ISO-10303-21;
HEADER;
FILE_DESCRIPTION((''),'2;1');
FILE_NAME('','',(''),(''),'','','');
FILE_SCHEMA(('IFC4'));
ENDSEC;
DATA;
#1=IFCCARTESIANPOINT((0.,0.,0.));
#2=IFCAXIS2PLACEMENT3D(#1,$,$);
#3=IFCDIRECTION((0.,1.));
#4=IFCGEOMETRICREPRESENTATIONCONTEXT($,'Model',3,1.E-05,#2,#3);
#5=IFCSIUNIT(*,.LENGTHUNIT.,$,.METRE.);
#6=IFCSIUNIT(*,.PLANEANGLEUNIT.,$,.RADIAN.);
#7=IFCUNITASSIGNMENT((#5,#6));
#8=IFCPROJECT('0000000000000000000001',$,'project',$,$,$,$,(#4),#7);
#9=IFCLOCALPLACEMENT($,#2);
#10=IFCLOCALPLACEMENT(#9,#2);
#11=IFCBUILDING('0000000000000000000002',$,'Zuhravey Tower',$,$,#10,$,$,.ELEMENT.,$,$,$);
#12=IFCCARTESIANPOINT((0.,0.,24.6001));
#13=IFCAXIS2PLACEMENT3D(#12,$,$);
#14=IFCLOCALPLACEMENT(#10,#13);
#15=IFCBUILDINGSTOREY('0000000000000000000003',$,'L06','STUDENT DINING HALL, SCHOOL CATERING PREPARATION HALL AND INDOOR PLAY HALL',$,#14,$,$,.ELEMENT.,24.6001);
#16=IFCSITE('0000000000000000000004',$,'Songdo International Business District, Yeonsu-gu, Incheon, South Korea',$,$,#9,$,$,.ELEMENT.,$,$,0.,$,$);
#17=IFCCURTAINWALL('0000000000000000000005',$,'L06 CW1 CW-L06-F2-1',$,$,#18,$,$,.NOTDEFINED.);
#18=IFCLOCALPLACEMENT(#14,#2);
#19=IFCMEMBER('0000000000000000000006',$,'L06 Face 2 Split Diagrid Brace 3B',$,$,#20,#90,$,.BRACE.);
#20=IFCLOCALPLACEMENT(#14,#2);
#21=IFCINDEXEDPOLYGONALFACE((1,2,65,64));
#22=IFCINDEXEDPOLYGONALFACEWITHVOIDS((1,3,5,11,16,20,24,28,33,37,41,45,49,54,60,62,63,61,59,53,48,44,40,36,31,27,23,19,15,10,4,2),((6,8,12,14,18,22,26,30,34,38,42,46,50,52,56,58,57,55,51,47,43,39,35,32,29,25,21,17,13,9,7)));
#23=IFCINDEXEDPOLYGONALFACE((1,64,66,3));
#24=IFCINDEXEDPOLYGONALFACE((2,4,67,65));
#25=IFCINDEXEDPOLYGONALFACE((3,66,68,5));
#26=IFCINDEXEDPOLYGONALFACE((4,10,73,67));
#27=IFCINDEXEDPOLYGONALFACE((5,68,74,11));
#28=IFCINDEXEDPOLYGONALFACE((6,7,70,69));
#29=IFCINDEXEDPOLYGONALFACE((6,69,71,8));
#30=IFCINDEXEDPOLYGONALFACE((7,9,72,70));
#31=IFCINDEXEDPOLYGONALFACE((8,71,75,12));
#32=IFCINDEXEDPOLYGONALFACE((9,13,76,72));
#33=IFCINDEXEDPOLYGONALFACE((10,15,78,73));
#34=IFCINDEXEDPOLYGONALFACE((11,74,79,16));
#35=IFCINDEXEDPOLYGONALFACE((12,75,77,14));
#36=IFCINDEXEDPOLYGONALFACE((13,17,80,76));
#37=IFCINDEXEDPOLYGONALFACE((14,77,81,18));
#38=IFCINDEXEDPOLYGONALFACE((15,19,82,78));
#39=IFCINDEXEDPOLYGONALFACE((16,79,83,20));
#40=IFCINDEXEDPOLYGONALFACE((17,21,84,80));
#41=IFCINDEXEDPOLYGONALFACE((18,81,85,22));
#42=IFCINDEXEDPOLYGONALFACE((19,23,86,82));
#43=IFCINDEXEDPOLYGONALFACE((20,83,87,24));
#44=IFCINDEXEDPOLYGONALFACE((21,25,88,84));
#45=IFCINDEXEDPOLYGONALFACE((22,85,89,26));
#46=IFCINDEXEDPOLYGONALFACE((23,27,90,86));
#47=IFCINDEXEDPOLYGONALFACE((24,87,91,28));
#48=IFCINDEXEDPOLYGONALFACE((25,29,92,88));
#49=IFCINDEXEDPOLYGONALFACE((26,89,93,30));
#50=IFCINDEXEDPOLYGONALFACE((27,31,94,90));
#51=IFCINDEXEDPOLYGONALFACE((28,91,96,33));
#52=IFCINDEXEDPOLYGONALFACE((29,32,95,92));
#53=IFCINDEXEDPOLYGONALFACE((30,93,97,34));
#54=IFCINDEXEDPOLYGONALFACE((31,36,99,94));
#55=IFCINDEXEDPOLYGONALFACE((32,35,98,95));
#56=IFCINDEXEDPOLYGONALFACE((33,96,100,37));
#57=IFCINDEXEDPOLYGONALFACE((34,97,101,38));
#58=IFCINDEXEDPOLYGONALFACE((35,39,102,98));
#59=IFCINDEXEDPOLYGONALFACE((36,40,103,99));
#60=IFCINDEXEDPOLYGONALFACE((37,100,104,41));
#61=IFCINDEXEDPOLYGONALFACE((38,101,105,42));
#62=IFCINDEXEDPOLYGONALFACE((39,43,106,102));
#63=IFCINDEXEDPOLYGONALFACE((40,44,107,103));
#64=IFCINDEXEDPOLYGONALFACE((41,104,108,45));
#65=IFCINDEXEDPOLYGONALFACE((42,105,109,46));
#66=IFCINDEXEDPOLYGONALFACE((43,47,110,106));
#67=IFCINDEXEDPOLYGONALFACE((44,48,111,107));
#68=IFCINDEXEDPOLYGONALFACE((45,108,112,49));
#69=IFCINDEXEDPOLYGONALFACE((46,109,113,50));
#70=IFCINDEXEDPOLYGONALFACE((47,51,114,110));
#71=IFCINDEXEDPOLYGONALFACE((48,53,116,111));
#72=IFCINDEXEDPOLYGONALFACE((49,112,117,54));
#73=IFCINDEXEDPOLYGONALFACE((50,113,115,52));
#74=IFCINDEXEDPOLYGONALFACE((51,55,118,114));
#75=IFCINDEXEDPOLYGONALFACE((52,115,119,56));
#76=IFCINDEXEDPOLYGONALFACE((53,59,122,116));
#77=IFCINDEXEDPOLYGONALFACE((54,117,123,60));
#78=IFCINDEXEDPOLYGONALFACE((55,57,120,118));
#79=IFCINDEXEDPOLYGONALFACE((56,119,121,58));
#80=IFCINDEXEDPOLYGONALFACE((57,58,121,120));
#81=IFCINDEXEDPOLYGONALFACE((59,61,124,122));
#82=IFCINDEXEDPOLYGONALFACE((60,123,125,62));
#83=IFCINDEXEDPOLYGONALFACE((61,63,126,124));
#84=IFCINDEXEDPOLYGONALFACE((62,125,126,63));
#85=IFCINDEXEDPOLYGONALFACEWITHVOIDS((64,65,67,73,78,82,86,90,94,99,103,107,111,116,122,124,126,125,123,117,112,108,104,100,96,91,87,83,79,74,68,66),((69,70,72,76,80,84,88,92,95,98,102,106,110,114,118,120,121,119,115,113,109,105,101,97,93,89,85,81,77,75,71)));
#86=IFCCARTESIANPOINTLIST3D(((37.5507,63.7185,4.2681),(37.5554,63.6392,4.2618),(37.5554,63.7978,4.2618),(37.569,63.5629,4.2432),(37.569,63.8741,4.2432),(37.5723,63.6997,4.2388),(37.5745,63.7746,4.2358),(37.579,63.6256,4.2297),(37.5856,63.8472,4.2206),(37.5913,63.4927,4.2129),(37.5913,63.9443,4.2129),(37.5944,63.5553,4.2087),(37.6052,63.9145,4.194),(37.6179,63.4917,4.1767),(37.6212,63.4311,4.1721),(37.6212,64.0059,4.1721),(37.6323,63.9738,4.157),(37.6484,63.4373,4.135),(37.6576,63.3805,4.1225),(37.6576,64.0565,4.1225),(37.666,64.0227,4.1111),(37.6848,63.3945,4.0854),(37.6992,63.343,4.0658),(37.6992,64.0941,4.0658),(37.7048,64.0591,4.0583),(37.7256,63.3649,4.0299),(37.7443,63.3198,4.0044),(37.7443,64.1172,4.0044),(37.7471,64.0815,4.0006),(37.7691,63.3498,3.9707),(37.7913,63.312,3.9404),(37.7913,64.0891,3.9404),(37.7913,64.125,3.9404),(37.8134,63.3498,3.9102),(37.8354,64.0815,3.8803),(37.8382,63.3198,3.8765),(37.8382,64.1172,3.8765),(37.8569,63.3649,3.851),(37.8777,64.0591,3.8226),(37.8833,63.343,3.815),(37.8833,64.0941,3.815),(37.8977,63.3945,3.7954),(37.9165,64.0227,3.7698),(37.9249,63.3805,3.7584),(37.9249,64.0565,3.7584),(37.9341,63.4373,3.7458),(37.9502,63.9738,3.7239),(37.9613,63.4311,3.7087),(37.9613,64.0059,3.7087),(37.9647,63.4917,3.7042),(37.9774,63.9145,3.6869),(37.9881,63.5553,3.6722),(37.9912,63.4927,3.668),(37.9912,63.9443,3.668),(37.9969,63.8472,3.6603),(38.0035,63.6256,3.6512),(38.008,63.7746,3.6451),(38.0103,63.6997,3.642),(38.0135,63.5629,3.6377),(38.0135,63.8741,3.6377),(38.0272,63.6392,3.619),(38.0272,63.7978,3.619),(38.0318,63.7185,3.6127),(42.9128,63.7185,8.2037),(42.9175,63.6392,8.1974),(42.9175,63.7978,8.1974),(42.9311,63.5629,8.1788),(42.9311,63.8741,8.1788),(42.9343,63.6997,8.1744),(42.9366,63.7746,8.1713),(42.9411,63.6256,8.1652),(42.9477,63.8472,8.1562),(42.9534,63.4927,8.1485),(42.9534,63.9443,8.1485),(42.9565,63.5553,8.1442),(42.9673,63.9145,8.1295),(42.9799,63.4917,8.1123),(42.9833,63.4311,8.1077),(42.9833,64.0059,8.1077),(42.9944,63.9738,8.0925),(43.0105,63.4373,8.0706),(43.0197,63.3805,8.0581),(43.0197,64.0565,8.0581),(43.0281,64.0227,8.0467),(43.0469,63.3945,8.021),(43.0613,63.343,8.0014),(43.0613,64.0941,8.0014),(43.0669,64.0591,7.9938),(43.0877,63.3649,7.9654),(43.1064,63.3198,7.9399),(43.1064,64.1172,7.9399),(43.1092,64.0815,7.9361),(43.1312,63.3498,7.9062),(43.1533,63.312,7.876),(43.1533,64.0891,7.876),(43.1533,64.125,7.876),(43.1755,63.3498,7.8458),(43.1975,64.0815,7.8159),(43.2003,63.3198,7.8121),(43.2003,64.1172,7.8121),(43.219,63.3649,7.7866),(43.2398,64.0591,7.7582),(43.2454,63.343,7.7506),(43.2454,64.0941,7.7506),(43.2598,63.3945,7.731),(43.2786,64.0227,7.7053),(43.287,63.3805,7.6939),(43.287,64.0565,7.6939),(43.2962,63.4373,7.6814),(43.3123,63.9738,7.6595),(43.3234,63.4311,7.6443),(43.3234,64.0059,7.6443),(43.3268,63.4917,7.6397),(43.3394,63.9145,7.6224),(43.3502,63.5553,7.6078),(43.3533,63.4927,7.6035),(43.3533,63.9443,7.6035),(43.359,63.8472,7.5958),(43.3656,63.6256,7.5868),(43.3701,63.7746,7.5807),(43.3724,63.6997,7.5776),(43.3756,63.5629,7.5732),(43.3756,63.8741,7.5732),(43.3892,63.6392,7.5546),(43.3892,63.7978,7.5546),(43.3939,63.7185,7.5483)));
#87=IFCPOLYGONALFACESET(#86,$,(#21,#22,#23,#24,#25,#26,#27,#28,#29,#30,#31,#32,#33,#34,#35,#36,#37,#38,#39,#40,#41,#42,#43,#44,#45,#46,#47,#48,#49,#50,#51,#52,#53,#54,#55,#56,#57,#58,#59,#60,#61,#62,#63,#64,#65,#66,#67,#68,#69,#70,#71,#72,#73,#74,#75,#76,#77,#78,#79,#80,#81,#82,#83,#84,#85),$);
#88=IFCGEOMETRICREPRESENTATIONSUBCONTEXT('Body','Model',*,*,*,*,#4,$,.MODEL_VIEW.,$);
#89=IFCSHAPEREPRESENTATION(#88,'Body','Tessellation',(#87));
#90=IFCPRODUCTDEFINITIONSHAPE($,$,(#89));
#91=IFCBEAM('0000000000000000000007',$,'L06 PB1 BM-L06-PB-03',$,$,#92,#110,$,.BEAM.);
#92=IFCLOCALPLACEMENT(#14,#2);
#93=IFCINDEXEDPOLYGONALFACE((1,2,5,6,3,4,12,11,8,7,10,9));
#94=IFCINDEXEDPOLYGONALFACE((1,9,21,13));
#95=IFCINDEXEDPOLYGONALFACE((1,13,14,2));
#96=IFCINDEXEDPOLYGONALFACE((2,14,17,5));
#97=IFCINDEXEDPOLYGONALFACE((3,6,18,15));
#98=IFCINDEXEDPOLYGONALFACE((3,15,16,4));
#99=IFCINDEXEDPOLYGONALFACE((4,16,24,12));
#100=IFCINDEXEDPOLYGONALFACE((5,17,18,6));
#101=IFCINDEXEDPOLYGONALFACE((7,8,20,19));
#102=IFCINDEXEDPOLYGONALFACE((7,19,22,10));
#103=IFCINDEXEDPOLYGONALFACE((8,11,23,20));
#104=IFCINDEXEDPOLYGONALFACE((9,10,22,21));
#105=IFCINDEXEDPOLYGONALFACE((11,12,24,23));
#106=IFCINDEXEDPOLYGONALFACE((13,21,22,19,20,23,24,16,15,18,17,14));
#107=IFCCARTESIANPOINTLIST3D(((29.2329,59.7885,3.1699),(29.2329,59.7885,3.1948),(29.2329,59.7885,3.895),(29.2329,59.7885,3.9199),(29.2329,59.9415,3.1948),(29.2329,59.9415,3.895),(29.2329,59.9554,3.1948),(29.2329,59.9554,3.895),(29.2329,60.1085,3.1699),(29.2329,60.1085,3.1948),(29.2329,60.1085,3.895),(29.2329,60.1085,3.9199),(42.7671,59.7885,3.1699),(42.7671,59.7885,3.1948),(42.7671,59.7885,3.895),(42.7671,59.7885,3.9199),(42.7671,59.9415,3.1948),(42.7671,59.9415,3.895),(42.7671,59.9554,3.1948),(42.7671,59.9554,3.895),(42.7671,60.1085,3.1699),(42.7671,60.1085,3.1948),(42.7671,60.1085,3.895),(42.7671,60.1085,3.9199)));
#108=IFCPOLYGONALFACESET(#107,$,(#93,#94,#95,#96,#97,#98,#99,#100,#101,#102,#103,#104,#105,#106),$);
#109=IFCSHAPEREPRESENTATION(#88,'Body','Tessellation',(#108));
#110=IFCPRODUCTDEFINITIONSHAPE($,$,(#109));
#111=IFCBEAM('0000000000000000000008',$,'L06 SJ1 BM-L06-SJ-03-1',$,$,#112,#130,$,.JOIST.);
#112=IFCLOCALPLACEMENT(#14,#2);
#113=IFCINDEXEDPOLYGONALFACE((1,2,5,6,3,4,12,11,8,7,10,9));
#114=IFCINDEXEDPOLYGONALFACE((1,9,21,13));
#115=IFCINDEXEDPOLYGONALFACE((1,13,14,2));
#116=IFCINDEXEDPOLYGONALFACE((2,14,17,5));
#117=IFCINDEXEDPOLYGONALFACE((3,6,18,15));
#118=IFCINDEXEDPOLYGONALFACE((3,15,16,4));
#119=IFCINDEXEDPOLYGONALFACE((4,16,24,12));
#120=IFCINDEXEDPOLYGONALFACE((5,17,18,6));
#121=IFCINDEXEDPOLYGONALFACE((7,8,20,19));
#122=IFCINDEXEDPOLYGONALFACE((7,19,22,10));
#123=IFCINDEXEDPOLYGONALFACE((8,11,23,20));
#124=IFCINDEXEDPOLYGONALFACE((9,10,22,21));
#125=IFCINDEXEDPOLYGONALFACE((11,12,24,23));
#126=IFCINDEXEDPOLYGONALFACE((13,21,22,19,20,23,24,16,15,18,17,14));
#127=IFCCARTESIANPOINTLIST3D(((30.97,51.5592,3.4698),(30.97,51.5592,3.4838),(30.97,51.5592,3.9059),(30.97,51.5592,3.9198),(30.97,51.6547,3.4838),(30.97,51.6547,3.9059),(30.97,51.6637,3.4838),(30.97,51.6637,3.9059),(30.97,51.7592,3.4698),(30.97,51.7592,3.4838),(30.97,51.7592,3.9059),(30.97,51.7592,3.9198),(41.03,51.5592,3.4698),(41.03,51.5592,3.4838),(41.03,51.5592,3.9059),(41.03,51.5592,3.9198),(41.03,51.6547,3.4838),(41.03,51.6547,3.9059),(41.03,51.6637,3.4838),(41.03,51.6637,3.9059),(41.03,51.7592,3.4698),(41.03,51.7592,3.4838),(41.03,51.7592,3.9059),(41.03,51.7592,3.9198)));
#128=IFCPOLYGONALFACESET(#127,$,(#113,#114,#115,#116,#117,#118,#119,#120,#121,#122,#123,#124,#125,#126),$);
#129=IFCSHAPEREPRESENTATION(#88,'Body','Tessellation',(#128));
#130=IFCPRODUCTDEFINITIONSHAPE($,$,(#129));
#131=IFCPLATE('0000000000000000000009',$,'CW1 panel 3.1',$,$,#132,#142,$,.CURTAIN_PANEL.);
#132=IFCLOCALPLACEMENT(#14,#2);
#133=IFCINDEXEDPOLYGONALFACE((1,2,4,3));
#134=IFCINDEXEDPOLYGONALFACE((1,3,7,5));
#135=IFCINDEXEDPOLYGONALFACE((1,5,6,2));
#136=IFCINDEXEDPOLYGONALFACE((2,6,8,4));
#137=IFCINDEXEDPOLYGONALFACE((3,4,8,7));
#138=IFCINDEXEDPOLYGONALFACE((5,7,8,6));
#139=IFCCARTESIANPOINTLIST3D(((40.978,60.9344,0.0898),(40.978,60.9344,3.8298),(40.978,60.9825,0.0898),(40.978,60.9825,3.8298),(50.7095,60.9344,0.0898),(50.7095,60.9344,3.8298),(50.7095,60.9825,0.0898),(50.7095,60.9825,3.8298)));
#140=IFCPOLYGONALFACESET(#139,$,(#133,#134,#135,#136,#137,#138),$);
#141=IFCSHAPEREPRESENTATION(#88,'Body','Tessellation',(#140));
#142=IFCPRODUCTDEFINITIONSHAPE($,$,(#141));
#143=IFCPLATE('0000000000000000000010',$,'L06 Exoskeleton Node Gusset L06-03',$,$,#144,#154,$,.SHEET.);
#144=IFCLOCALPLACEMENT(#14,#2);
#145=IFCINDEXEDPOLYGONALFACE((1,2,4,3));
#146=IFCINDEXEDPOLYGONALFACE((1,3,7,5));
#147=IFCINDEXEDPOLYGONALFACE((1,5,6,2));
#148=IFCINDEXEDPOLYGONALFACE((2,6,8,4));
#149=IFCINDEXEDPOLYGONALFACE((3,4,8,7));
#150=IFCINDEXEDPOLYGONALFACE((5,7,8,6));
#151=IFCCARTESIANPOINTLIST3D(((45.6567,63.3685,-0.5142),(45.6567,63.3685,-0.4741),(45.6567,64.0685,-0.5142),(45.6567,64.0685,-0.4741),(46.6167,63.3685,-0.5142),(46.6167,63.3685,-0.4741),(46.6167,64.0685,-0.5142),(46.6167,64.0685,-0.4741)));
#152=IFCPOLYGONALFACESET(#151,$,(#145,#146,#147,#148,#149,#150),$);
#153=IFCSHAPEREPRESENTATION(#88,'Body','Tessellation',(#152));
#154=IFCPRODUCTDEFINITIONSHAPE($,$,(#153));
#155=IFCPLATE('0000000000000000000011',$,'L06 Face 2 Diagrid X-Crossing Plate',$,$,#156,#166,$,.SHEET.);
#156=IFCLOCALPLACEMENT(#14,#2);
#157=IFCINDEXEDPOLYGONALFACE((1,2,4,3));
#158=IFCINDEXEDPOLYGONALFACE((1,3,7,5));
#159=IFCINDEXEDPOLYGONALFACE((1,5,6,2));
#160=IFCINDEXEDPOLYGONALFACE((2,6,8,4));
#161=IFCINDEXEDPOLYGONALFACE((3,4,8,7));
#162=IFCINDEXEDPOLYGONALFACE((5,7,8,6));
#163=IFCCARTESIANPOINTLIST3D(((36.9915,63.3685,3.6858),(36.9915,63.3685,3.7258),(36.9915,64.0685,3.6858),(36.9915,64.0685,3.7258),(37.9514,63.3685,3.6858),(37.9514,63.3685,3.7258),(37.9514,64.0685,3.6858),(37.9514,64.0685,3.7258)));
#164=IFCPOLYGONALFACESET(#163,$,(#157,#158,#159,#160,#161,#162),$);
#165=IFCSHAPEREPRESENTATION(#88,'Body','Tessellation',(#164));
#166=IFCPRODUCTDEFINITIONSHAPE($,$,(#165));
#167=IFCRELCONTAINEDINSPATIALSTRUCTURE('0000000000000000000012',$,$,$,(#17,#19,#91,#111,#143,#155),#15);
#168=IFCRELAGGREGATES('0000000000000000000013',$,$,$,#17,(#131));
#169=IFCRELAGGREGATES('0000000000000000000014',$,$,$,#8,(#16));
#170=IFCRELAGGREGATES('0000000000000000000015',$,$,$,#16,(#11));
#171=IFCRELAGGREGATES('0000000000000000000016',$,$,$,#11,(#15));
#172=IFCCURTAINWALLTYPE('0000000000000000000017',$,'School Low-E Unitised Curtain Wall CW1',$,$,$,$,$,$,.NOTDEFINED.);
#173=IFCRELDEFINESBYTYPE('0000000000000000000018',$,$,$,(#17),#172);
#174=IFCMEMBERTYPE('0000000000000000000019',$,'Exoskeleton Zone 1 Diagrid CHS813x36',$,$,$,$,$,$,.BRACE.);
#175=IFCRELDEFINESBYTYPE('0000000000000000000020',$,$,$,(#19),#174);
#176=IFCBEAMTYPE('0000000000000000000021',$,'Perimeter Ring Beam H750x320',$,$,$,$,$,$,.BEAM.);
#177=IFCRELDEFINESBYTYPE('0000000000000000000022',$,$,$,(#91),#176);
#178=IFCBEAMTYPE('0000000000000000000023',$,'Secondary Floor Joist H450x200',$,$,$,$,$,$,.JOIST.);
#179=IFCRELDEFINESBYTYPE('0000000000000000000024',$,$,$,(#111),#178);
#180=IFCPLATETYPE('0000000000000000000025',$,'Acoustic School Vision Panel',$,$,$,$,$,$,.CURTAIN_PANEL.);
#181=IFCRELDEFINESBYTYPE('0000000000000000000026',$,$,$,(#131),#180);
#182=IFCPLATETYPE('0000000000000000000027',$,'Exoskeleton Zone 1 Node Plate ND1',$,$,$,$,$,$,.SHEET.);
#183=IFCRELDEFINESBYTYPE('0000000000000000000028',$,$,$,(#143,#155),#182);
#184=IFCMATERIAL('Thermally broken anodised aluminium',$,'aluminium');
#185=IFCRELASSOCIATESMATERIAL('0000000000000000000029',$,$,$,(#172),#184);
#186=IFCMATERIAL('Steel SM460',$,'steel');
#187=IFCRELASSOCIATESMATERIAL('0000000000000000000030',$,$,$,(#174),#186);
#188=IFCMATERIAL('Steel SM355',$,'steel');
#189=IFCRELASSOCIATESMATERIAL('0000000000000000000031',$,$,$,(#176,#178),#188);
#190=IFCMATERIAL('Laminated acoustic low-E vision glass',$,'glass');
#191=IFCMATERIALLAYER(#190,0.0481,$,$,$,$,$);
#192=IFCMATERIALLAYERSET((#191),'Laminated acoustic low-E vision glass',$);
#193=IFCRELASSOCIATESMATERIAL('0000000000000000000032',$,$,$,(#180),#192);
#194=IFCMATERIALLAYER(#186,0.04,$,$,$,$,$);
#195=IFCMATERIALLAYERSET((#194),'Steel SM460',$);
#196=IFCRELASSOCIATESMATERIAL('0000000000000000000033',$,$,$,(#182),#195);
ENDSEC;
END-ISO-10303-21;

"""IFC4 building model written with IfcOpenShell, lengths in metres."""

from ifc_helpers import new_model, si_unit, direction, frame, origin, origin_2d, place, context, subcontext, project, spatial, rectangle, hollow_circle, i_section, extrude, material, layer, layer_set, material_profile, profile_set, type_object, element, aggregate, save


model = new_model("IFC4")

# Units and contexts
model_context = context("Model", 3, precision=1e-05, world=origin(), true_north=direction((0.0, 1.0)))
body_context = subcontext(model_context, "Body", "Model", "MODEL_VIEW")
ifc_project = project(units=[si_unit("LENGTHUNIT", "METRE"), si_unit("PLANEANGLEUNIT", "RADIAN")], contexts=[model_context])

# Site, building, storey
site_placement = place(None, origin())
site = spatial("IfcSite", under=ifc_project, at=site_placement, Name="Songdo International Business District, Yeonsu-gu, Incheon, South Korea", CompositionType="ELEMENT", RefElevation=0.0)
building_placement = place(site_placement, origin())
building = spatial("IfcBuilding", under=site, at=building_placement, Name="Zuhravey Tower", CompositionType="ELEMENT")
storey_placement = place(building_placement, frame((0.0, 0.0, 24.6001)))
storey = spatial("IfcBuildingStorey", under=building, at=storey_placement, Name="L06", Description="STUDENT DINING HALL, SCHOOL CATERING PREPARATION HALL AND INDOOR PLAY HALL", CompositionType="ELEMENT", Elevation=24.6001)

# Curtain wall
ifc_material_1 = material(Name="Thermally broken anodised aluminium", Category="aluminium")
curtain_wall_type = type_object("IfcCurtainWallType", Name="School Low-E Unitised Curtain Wall CW1", PredefinedType="NOTDEFINED", material=ifc_material_1)
curtain_wall_placement = place(storey_placement, origin())
curtain_wall = element("IfcCurtainWall", 1, at=curtain_wall_placement, inside=storey, type_object=curtain_wall_type, Name="L06 CW1 CW-L06-F2-1", PredefinedType="NOTDEFINED")

# Member
ifc_material_2 = material(Name="Steel SM355", Category="steel")
ifc_material_3 = material(Name="Steel SM460", Category="steel")
ifc_material_profile_1 = material_profile(ifc_material_3, hollow_circle(Radius=0.4065, WallThickness=0.0359, at=origin_2d()), Name="CHS-812.8x36")
ifc_profile_set_1 = profile_set([ifc_material_profile_1], Name="Steel SM460")
member_type_1 = type_object("IfcMemberType", Name="Exoskeleton Zone 1 Diagrid CHS813x36", PredefinedType="BRACE", material=ifc_profile_set_1)
member_1_placement = place(storey_placement, frame((37.7913, 63.7185, 3.9404), z_axis=(0.806163, 0.0, 0.591693), x_axis=(0.0, 1.0, 0.0)))
element("IfcMember", 2, at=member_1_placement, inside=storey, type_object=member_type_1, Name="L06 Face 2 Split Diagrid Brace 3B", PredefinedType="BRACE", context=body_context, shape_type="SweptSolid", body=[
    extrude(hollow_circle(Radius=0.4065, WallThickness=0.0359, at=origin_2d()), origin(), (0.0, 0.0, 1.0), 6.6514),
])

# Beams
ifc_material_profile_2 = material_profile(ifc_material_2, i_section(OverallWidth=0.3201, OverallDepth=0.75, WebThickness=0.0139, FlangeThickness=0.0249, at=origin_2d()), Name="H-750x320x14x25")
ifc_profile_set_2 = profile_set([ifc_material_profile_2], Name="Steel SM355")
beam_type_1 = type_object("IfcBeamType", Name="Perimeter Ring Beam H750x320", PredefinedType="BEAM", material=ifc_profile_set_2)
beam_1_placement = place(storey_placement, frame((42.7671, 59.9485, 3.5449), z_axis=(-1.0, 0.0, 0.0), x_axis=(0.0, -1.0, 0.0)))
element("IfcBeam", 3, at=beam_1_placement, inside=storey, type_object=beam_type_1, Name="L06 PB1 BM-L06-PB-03", PredefinedType="BEAM", context=body_context, shape_type="SweptSolid", body=[
    extrude(i_section(OverallWidth=0.3201, OverallDepth=0.75, WebThickness=0.0139, FlangeThickness=0.0249, at=origin_2d()), origin(), (0.0, 0.0, 1.0), 13.5342),
])
ifc_material_profile_3 = material_profile(ifc_material_2, i_section(OverallWidth=0.2, OverallDepth=0.45, WebThickness=0.009, FlangeThickness=0.0139, at=origin_2d()), Name="H-450x200x9x14")
ifc_profile_set_3 = profile_set([ifc_material_profile_3], Name="Steel SM355")
beam_type_2 = type_object("IfcBeamType", Name="Secondary Floor Joist H450x200", PredefinedType="JOIST", material=ifc_profile_set_3)
beam_2_placement = place(storey_placement, frame((41.03, 51.6592, 3.6948), z_axis=(-1.0, 0.0, 0.0), x_axis=(0.0, -1.0, 0.0)))
element("IfcBeam", 4, at=beam_2_placement, inside=storey, type_object=beam_type_2, Name="L06 SJ1 BM-L06-SJ-03-1", PredefinedType="JOIST", context=body_context, shape_type="SweptSolid", body=[
    extrude(i_section(OverallWidth=0.2, OverallDepth=0.45, WebThickness=0.009, FlangeThickness=0.0139, at=origin_2d()), origin(), (0.0, 0.0, 1.0), 10.0601),
])

# Plate
ifc_material_4 = material(Name="Laminated acoustic low-E vision glass", Category="glass")
ifc_layer_1 = layer(ifc_material_4, 0.0481)
ifc_layer_set_1 = layer_set([ifc_layer_1], Name="Laminated acoustic low-E vision glass")
plate_type_1 = type_object("IfcPlateType", Name="Acoustic School Vision Panel", PredefinedType="CURTAIN_PANEL", material=ifc_layer_set_1)
plate_placement = place(storey_placement, frame((45.8438, 60.9585, 0.0898), z_axis=(0.0, 0.0, 1.0), x_axis=(1.0, 0.0, 0.0)))
plate = element("IfcPlate", 5, at=plate_placement, type_object=plate_type_1, Name="CW1 panel 3.1", PredefinedType="CURTAIN_PANEL", context=body_context, shape_type="SweptSolid", body=[
    extrude(rectangle(XDim=9.7314, YDim=0.0481, at=origin_2d()), origin(), (0.0, 0.0, 1.0), 3.74),
])
aggregate(curtain_wall, [plate])

# Plates
ifc_layer_2 = layer(ifc_material_3, 0.04)
ifc_layer_set_2 = layer_set([ifc_layer_2], Name="Steel SM460")
plate_type_2 = type_object("IfcPlateType", Name="Exoskeleton Zone 1 Node Plate ND1", PredefinedType="SHEET", material=ifc_layer_set_2)
for number, where, z_axis, x_axis, name in (
    (6, (46.1367, 63.7185, -0.5142), (0.0, 0.0, 1.0), (-1.0, 0.0, 0.0), "L06 Exoskeleton Node Gusset L06-03"),
    (7, (37.4714, 63.7185, 3.6858), (0.0, 0.0, 1.0), (-1.0, 0.0, 0.0), "L06 Face 2 Diagrid X-Crossing Plate"),
):
    element("IfcPlate", number, at=place(storey_placement, frame(where, z_axis=z_axis, x_axis=x_axis)), inside=storey, type_object=plate_type_2, Name=name, PredefinedType="SHEET", context=body_context, shape_type="SweptSolid", body=[
        extrude(rectangle(XDim=0.96, YDim=0.7, at=origin_2d()), origin(), (0.0, 0.0, 1.0), 0.04),
    ])

save(model, "model.ifc")
